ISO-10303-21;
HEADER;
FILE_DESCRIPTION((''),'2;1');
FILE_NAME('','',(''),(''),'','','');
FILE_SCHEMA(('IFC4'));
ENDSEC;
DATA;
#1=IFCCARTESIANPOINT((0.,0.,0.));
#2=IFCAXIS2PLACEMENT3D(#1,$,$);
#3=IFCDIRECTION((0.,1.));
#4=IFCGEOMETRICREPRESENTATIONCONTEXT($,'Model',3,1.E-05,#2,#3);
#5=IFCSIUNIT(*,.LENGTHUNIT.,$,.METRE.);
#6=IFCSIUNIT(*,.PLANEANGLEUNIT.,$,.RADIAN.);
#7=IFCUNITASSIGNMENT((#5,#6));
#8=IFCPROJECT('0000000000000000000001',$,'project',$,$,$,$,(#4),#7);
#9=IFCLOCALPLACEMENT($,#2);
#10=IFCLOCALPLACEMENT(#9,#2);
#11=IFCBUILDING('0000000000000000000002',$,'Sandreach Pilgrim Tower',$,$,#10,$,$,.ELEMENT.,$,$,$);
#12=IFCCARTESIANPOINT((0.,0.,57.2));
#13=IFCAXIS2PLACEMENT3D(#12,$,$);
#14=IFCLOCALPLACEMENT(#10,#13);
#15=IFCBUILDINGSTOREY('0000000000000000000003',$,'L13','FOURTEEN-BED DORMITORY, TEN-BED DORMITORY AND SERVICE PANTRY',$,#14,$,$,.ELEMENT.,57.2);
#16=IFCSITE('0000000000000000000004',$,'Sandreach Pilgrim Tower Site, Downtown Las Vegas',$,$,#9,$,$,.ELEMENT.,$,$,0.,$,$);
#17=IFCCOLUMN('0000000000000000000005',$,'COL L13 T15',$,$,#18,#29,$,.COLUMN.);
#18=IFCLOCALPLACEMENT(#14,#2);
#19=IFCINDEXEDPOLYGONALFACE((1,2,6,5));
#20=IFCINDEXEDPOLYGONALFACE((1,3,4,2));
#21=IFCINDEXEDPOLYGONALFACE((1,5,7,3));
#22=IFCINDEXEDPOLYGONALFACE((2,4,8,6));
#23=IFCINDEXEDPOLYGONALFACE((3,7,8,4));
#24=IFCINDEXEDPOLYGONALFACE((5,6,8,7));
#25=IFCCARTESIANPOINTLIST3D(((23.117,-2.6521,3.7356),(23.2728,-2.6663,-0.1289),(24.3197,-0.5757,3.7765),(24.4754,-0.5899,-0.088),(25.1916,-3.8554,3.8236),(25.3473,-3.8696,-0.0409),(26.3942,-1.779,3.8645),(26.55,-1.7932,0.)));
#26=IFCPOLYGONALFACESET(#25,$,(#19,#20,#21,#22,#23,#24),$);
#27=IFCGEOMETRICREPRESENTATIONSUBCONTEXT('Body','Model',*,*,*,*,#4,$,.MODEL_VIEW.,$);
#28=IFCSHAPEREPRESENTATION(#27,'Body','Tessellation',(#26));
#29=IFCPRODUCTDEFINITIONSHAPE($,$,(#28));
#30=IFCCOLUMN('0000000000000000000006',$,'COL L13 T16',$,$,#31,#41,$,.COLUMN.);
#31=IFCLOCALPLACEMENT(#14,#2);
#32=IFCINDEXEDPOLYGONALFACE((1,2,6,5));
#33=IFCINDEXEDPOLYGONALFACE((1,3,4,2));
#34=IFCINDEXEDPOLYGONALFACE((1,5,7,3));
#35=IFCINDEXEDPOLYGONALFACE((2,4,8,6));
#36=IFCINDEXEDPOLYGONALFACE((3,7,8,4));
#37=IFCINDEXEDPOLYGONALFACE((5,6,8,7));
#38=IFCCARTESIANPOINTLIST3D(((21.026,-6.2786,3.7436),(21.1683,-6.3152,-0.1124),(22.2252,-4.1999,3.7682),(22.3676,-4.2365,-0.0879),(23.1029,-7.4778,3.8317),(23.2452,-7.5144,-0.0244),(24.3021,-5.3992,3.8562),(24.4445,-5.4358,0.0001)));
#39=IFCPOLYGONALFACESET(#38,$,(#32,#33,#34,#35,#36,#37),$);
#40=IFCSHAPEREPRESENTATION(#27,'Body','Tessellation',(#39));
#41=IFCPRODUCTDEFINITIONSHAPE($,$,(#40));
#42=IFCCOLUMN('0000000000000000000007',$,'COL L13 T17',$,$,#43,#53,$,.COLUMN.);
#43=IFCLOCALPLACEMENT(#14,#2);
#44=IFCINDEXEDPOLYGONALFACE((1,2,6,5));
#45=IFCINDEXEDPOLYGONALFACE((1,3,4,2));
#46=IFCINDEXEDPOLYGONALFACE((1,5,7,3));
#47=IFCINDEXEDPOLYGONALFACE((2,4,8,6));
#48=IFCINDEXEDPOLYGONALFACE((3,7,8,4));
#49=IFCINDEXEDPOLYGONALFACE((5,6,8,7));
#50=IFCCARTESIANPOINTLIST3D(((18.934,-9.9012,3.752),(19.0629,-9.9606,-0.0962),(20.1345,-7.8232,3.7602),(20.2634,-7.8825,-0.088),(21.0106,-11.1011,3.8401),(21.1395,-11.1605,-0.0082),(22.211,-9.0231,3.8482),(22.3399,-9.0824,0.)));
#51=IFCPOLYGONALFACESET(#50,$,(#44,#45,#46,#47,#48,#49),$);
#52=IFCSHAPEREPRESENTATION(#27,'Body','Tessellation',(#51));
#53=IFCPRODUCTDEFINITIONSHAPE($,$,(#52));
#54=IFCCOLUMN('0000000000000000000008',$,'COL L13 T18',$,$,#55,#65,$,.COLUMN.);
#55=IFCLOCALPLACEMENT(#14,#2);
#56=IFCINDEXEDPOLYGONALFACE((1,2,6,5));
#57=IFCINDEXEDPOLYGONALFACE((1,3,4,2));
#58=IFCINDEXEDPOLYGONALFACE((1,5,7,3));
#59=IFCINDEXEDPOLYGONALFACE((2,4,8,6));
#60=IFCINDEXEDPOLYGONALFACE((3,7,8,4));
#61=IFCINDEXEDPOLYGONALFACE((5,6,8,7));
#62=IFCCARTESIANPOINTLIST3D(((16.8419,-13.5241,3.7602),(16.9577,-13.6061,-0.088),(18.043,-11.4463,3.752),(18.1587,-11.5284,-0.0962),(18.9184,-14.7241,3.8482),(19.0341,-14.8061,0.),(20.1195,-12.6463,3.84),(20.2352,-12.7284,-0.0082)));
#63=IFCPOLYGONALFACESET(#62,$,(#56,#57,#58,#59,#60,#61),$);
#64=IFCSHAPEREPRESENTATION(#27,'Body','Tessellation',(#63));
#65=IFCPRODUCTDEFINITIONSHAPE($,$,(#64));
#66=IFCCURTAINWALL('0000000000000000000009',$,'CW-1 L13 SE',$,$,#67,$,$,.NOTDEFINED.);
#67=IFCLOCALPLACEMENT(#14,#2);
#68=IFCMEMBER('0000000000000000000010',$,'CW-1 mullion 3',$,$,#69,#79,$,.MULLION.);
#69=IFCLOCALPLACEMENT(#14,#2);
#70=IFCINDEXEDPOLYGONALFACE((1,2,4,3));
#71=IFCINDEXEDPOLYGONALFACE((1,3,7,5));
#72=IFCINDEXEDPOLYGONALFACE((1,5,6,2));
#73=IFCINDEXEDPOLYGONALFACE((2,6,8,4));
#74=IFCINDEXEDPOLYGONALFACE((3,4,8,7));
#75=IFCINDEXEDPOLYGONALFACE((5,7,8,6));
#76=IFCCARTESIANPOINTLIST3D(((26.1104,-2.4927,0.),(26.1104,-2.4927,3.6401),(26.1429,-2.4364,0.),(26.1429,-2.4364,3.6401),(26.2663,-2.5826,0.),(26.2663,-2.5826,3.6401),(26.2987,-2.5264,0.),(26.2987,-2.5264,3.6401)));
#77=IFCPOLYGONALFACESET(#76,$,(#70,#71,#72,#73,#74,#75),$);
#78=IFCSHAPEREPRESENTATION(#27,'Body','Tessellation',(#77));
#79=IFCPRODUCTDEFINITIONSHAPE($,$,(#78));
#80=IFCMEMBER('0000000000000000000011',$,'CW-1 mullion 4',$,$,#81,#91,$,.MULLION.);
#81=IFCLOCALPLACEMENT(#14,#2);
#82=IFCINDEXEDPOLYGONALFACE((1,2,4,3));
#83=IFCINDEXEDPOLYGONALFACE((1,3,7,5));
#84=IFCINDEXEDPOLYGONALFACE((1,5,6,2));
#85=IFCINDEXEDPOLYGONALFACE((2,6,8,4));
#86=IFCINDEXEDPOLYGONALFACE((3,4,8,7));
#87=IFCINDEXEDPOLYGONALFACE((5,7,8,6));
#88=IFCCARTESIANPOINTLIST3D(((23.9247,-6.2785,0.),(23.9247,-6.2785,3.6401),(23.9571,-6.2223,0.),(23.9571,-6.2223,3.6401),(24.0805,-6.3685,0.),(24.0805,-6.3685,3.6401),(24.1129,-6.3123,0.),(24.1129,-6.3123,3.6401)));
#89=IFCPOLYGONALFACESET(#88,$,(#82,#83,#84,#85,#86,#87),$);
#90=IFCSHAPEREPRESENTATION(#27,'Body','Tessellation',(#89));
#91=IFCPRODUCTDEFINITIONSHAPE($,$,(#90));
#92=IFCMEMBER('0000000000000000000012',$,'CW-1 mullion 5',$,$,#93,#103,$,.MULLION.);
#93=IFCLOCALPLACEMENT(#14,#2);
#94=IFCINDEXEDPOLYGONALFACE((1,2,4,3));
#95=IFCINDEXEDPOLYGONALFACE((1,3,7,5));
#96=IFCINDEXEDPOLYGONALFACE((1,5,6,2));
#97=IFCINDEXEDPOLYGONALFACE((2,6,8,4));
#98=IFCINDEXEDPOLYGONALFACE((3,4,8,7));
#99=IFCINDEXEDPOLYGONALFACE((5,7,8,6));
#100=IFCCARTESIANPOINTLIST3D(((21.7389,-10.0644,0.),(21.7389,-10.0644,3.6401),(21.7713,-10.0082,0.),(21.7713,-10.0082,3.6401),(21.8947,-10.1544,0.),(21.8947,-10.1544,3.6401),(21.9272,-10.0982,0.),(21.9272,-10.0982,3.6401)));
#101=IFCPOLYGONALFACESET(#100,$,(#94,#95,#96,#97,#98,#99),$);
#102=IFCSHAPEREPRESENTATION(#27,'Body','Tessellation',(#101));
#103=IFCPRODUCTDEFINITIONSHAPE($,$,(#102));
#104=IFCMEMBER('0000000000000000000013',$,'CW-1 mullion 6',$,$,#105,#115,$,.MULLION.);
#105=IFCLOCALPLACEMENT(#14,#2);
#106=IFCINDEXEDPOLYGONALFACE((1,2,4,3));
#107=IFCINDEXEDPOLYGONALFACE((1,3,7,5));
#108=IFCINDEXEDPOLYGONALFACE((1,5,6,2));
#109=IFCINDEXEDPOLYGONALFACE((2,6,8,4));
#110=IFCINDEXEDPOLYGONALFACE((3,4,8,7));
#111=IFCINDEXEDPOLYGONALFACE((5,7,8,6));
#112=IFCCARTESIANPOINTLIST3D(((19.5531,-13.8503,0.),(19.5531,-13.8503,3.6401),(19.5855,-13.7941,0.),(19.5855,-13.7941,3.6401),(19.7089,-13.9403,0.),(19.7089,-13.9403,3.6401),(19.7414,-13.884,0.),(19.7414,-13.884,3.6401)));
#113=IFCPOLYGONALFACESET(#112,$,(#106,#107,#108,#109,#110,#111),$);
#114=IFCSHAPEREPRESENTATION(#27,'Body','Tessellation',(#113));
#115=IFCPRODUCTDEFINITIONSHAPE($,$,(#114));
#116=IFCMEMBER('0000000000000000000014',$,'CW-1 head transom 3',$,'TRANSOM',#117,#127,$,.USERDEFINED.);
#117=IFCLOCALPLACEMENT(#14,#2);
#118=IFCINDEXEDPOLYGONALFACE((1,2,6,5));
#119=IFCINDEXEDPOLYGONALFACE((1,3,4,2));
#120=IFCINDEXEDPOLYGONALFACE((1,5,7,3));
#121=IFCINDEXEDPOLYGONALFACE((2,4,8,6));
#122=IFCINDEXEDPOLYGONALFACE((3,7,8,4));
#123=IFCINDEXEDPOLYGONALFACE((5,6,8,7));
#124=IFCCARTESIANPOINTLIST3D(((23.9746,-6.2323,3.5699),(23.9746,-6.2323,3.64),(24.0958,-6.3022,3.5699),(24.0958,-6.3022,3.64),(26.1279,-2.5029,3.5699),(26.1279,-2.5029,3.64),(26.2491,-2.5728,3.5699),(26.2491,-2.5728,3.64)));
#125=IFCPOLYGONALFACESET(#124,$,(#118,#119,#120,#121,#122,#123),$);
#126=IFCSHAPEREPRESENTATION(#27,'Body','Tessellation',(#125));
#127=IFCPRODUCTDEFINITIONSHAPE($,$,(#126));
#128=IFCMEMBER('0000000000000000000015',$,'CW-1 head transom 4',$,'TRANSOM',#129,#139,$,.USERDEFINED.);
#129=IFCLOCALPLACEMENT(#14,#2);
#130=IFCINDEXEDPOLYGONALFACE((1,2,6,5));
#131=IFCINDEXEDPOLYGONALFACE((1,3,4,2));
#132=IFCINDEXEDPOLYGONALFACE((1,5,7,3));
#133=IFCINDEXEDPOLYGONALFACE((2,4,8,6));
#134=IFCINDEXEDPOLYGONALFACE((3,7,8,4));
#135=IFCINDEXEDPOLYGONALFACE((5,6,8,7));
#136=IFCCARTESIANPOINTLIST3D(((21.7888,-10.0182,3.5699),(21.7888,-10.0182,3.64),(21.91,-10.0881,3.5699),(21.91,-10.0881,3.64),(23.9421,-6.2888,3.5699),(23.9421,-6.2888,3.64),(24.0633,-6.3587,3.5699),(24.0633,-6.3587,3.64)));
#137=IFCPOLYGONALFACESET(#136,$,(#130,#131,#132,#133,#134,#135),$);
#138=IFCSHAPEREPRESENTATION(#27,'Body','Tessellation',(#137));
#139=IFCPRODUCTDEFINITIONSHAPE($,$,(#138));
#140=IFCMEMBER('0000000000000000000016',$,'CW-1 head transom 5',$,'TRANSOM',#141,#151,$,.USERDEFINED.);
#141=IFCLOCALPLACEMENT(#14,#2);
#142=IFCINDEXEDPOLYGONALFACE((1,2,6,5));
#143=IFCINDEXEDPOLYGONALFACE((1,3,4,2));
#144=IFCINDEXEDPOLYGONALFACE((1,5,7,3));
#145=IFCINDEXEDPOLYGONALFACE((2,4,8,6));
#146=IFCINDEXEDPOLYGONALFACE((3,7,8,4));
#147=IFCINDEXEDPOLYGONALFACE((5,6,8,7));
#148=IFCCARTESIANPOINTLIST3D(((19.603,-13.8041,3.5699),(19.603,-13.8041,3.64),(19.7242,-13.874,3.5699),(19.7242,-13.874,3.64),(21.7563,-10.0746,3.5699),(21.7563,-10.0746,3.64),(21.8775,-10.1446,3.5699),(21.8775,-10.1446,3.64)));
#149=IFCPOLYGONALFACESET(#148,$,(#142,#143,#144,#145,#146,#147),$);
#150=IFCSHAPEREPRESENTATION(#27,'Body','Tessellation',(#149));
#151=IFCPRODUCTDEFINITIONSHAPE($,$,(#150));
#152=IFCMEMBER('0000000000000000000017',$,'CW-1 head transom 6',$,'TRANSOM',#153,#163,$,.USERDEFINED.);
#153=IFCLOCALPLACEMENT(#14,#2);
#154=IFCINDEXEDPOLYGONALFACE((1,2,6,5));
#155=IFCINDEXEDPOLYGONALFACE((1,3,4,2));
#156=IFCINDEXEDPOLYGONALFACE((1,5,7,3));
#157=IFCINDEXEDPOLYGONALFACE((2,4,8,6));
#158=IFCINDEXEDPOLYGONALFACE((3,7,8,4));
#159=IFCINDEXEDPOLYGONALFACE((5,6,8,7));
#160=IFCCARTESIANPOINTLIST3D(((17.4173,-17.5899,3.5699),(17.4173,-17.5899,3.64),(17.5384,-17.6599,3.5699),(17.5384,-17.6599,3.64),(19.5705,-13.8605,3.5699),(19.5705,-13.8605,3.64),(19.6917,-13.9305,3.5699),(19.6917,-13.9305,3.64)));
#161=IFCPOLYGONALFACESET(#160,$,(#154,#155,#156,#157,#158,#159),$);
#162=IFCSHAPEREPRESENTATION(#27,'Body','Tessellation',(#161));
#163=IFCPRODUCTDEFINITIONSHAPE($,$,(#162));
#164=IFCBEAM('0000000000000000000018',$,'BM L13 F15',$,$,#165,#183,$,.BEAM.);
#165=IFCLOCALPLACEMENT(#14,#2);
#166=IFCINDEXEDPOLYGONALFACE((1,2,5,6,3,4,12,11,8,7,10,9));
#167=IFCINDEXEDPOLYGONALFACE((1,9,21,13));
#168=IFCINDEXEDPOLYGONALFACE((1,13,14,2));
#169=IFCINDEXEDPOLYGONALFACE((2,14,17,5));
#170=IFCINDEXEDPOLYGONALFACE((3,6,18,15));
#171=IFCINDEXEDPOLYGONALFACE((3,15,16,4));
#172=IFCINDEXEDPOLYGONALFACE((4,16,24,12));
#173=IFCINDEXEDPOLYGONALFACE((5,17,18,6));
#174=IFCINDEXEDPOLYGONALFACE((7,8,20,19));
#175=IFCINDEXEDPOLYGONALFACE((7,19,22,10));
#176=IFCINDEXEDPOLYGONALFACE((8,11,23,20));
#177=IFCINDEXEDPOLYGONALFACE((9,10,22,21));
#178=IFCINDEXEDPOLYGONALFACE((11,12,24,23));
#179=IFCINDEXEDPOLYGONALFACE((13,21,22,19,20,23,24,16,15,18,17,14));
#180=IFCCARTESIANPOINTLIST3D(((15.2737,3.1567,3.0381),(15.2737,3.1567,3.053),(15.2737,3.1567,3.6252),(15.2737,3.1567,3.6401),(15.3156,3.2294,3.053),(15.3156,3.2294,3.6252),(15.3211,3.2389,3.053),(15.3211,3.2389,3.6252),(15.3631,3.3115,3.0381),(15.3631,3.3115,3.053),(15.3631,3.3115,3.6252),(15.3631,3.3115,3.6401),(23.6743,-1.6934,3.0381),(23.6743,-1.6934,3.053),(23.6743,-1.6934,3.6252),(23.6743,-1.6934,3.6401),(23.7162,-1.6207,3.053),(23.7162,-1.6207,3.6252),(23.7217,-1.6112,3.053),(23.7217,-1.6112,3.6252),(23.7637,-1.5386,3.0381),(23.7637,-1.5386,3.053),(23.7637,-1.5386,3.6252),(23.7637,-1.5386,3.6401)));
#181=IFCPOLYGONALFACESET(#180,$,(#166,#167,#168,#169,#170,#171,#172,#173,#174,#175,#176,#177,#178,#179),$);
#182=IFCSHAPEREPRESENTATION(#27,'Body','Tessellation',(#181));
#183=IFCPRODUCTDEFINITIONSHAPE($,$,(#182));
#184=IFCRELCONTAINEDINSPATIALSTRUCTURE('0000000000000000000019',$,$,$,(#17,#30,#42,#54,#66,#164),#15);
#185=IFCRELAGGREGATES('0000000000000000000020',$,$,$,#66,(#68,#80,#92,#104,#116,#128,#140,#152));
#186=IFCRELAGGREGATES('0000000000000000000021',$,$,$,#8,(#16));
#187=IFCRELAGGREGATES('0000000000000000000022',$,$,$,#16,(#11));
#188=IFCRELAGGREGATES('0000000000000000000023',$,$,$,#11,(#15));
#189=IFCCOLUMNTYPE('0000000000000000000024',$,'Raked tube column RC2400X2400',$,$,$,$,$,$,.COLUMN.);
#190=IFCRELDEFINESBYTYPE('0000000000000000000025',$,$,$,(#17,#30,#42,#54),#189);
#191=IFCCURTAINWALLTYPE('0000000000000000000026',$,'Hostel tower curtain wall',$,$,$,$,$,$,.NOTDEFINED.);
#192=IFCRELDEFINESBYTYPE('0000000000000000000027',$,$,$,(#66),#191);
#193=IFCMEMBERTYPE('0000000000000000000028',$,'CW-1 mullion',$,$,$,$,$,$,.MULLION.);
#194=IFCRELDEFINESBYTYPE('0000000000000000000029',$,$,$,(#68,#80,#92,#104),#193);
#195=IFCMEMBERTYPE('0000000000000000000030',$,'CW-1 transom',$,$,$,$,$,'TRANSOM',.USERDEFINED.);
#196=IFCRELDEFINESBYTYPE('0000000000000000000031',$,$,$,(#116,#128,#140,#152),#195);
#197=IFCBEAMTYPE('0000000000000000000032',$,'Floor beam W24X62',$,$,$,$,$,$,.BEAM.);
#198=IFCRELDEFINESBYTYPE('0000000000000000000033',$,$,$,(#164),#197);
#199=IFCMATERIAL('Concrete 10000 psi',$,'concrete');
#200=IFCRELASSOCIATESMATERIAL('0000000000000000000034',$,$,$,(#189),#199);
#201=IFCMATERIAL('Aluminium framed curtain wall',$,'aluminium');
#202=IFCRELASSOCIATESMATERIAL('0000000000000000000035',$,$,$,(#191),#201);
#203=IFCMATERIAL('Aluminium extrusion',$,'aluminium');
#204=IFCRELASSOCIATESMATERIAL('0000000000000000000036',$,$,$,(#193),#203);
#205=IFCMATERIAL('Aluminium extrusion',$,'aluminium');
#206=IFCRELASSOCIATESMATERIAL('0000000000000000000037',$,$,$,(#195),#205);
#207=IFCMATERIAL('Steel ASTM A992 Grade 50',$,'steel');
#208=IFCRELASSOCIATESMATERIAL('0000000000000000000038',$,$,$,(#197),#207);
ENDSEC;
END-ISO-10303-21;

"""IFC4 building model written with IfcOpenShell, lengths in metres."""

from ifc_helpers import new_model, si_unit, direction, frame, origin, origin_2d, place, context, subcontext, project, spatial, rectangle, i_section, extrude, material, material_profile, profile_set, type_object, element, aggregate, save


model = new_model("IFC4")

# Units and contexts
model_context = context("Model", 3, precision=1e-05, world=origin(), true_north=direction((0.0, 1.0)))
body_context = subcontext(model_context, "Body", "Model", "MODEL_VIEW")
ifc_project = project(units=[si_unit("LENGTHUNIT", "METRE"), si_unit("PLANEANGLEUNIT", "RADIAN")], contexts=[model_context])

# Site, building, storey
site_placement = place(None, origin())
site = spatial("IfcSite", under=ifc_project, at=site_placement, Name="Sandreach Pilgrim Tower Site, Downtown Las Vegas", CompositionType="ELEMENT", RefElevation=0.0)
building_placement = place(site_placement, origin())
building = spatial("IfcBuilding", under=site, at=building_placement, Name="Sandreach Pilgrim Tower", CompositionType="ELEMENT")
storey_placement = place(building_placement, frame((0.0, 0.0, 57.2)))
storey = spatial("IfcBuildingStorey", under=building, at=storey_placement, Name="L13", Description="FOURTEEN-BED DORMITORY, TEN-BED DORMITORY AND SERVICE PANTRY", CompositionType="ELEMENT", Elevation=57.2)

# Columns
ifc_material_1 = material(Name="Concrete 10000 psi", Category="concrete")
ifc_material_profile_1 = material_profile(ifc_material_1, rectangle(XDim=2.3999, YDim=2.3999, at=origin_2d()), Name="RC2400X2400")
ifc_profile_set_1 = profile_set([ifc_material_profile_1], Name="Concrete 10000 psi")
column_type = type_object("IfcColumnType", Name="Raked tube column RC2400X2400", PredefinedType="COLUMN", material=ifc_profile_set_1)
column_1_placement = place(storey_placement, frame((24.9114, -2.2297, -0.0645), z_axis=(-0.040273, 0.003661, 0.999182), x_axis=(0.864431, -0.501412, 0.036679)))
element("IfcColumn", 1, at=column_1_placement, inside=storey, type_object=column_type, Name="COL L13 T15", PredefinedType="COLUMN", context=body_context, shape_type="SweptSolid", body=[
    extrude(rectangle(XDim=2.3999, YDim=2.3999, at=origin_2d()), origin(), (0.0, 0.0, 1.0), 3.8677),
])
column_2_placement = place(storey_placement, frame((22.8064, -5.8755, -0.0562), z_axis=(-0.036884, 0.00949, 0.999275), x_axis=(0.865412, -0.499716, 0.036688)))
element("IfcColumn", 2, at=column_2_placement, inside=storey, type_object=column_type, Name="COL L13 T16", PredefinedType="COLUMN", context=body_context, shape_type="SweptSolid", body=[
    extrude(rectangle(XDim=2.3999, YDim=2.3999, at=origin_2d()), origin(), (0.0, 0.0, 1.0), 3.8589),
])
for number, where, z_axis, x_axis, name in (
    (3, (20.7014, -9.5215, -0.0481), (-0.033476, 0.015406, 0.999321), (0.865261, -0.499978, 0.036693), "COL L13 T17"),
    (4, (18.5964, -13.1672, -0.0481), (-0.030052, 0.021303, 0.999321), (0.865236, -0.500021, 0.036679), "COL L13 T18"),
):
    element("IfcColumn", number, at=place(storey_placement, frame(where, z_axis=z_axis, x_axis=x_axis)), inside=storey, type_object=column_type, Name=name, PredefinedType="COLUMN", context=body_context, shape_type="SweptSolid", body=[
        extrude(rectangle(XDim=2.3999, YDim=2.3999, at=origin_2d()), origin(), (0.0, 0.0, 1.0), 3.8508),
    ])

# Curtain wall, members
ifc_material_2 = material(Name="Aluminium framed curtain wall", Category="aluminium")
curtain_wall_type = type_object("IfcCurtainWallType", Name="Hostel tower curtain wall", PredefinedType="NOTDEFINED", material=ifc_material_2)
curtain_wall_placement = place(storey_placement, origin())
curtain_wall = element("IfcCurtainWall", 5, at=curtain_wall_placement, inside=storey, type_object=curtain_wall_type, Name="CW-1 L13 SE", PredefinedType="NOTDEFINED")
ifc_material_3 = material(Name="Aluminium extrusion", Category="aluminium")
ifc_material_profile_2 = material_profile(ifc_material_3, rectangle(XDim=0.0649, YDim=0.1799, at=origin_2d()), Name="CW-1M 65X180")
ifc_profile_set_2 = profile_set([ifc_material_profile_2], Name="Aluminium extrusion")
member_type_1 = type_object("IfcMemberType", Name="CW-1 mullion", PredefinedType="MULLION", material=ifc_profile_set_2)
member_1_placement = place(storey_placement, frame((26.2046, -2.5095, 0.0), z_axis=(0.0, 0.0, 1.0), x_axis=(-0.5, -0.866025, 0.0)))
member_1 = element("IfcMember", 6, at=member_1_placement, type_object=member_type_1, Name="CW-1 mullion 3", PredefinedType="MULLION", context=body_context, shape_type="SweptSolid", body=[
    extrude(rectangle(XDim=0.0649, YDim=0.1799, at=origin_2d()), origin(), (0.0, 0.0, 1.0), 3.6401),
])
member_2_placement = place(storey_placement, frame((24.0188, -6.2954, 0.0), z_axis=(0.0, 0.0, 1.0), x_axis=(-0.5, -0.866025, 0.0)))
member_2 = element("IfcMember", 7, at=member_2_placement, type_object=member_type_1, Name="CW-1 mullion 4", PredefinedType="MULLION", context=body_context, shape_type="SweptSolid", body=[
    extrude(rectangle(XDim=0.0649, YDim=0.1799, at=origin_2d()), origin(), (0.0, 0.0, 1.0), 3.6401),
])
member_3_placement = place(storey_placement, frame((21.833, -10.0813, 0.0), z_axis=(0.0, 0.0, 1.0), x_axis=(-0.5, -0.866025, 0.0)))
member_3 = element("IfcMember", 8, at=member_3_placement, type_object=member_type_1, Name="CW-1 mullion 5", PredefinedType="MULLION", context=body_context, shape_type="SweptSolid", body=[
    extrude(rectangle(XDim=0.0649, YDim=0.1799, at=origin_2d()), origin(), (0.0, 0.0, 1.0), 3.6401),
])
member_4_placement = place(storey_placement, frame((19.6472, -13.8672, 0.0), z_axis=(0.0, 0.0, 1.0), x_axis=(-0.5, -0.866025, 0.0)))
member_4 = element("IfcMember", 9, at=member_4_placement, type_object=member_type_1, Name="CW-1 mullion 6", PredefinedType="MULLION", context=body_context, shape_type="SweptSolid", body=[
    extrude(rectangle(XDim=0.0649, YDim=0.1799, at=origin_2d()), origin(), (0.0, 0.0, 1.0), 3.6401),
])
ifc_material_4 = material(Name="Aluminium extrusion", Category="aluminium")
ifc_material_profile_3 = material_profile(ifc_material_4, rectangle(XDim=0.1399, YDim=0.0701, at=origin_2d()), Name="CW-1T 140X70")
ifc_profile_set_3 = profile_set([ifc_material_profile_3], Name="Aluminium extrusion")
member_type_2 = type_object("IfcMemberType", Name="CW-1 transom", ElementType="TRANSOM", PredefinedType="USERDEFINED", material=ifc_profile_set_3)
member_5_placement = place(storey_placement, frame((26.1885, -2.5378, 3.605), z_axis=(-0.500017, -0.866016, 0.0), x_axis=(0.866016, -0.500017, 0.0)))
member_5 = element("IfcMember", 10, at=member_5_placement, type_object=member_type_2, Name="CW-1 head transom 3", ObjectType="TRANSOM", PredefinedType="USERDEFINED", context=body_context, shape_type="SweptSolid", body=[
    extrude(rectangle(XDim=0.1399, YDim=0.0701, at=origin_2d()), origin(), (0.0, 0.0, 1.0), 4.3064),
])
member_6_placement = place(storey_placement, frame((24.0027, -6.3237, 3.605), z_axis=(-0.500017, -0.866016, 0.0), x_axis=(0.866016, -0.500017, 0.0)))
member_6 = element("IfcMember", 11, at=member_6_placement, type_object=member_type_2, Name="CW-1 head transom 4", ObjectType="TRANSOM", PredefinedType="USERDEFINED", context=body_context, shape_type="SweptSolid", body=[
    extrude(rectangle(XDim=0.1399, YDim=0.0701, at=origin_2d()), origin(), (0.0, 0.0, 1.0), 4.3064),
])
member_7_placement = place(storey_placement, frame((21.8169, -10.1096, 3.605), z_axis=(-0.500017, -0.866016, 0.0), x_axis=(0.866016, -0.500017, 0.0)))
member_7 = element("IfcMember", 12, at=member_7_placement, type_object=member_type_2, Name="CW-1 head transom 5", ObjectType="TRANSOM", PredefinedType="USERDEFINED", context=body_context, shape_type="SweptSolid", body=[
    extrude(rectangle(XDim=0.1399, YDim=0.0701, at=origin_2d()), origin(), (0.0, 0.0, 1.0), 4.3064),
])
member_8_placement = place(storey_placement, frame((19.6311, -13.8955, 3.605), z_axis=(-0.500017, -0.866016, 0.0), x_axis=(0.866016, -0.500017, 0.0)))
member_8 = element("IfcMember", 13, at=member_8_placement, type_object=member_type_2, Name="CW-1 head transom 6", ObjectType="TRANSOM", PredefinedType="USERDEFINED", context=body_context, shape_type="SweptSolid", body=[
    extrude(rectangle(XDim=0.1399, YDim=0.0701, at=origin_2d()), origin(), (0.0, 0.0, 1.0), 4.3064),
])

# Beam
ifc_material_5 = material(Name="Steel ASTM A992 Grade 50", Category="steel")
ifc_material_profile_4 = material_profile(ifc_material_5, i_section(OverallWidth=0.1787, OverallDepth=0.6021, WebThickness=0.011, FlangeThickness=0.0149, at=origin_2d()), Name="W24X62")
ifc_profile_set_4 = profile_set([ifc_material_profile_4], Name="Steel ASTM A992 Grade 50")
beam_type_1 = type_object("IfcBeamType", Name="Floor beam W24X62", PredefinedType="BEAM", material=ifc_profile_set_4)
beam_1_placement = place(storey_placement, frame((23.719, -1.616, 3.3391), z_axis=(-0.866026, 0.499999, 0.0), x_axis=(-0.499999, -0.866026, 0.0)))
element("IfcBeam", 14, at=beam_1_placement, inside=storey, type_object=beam_type_1, Name="BM L13 F15", PredefinedType="BEAM", context=body_context, shape_type="SweptSolid", body=[
    extrude(i_section(OverallWidth=0.1787, OverallDepth=0.6021, WebThickness=0.011, FlangeThickness=0.0149, at=origin_2d()), origin(), (0.0, 0.0, 1.0), 9.7002),
])

aggregate(curtain_wall, [member_1, member_2, member_3, member_4, member_5, member_6, member_7, member_8])

save(model, "model.ifc")
